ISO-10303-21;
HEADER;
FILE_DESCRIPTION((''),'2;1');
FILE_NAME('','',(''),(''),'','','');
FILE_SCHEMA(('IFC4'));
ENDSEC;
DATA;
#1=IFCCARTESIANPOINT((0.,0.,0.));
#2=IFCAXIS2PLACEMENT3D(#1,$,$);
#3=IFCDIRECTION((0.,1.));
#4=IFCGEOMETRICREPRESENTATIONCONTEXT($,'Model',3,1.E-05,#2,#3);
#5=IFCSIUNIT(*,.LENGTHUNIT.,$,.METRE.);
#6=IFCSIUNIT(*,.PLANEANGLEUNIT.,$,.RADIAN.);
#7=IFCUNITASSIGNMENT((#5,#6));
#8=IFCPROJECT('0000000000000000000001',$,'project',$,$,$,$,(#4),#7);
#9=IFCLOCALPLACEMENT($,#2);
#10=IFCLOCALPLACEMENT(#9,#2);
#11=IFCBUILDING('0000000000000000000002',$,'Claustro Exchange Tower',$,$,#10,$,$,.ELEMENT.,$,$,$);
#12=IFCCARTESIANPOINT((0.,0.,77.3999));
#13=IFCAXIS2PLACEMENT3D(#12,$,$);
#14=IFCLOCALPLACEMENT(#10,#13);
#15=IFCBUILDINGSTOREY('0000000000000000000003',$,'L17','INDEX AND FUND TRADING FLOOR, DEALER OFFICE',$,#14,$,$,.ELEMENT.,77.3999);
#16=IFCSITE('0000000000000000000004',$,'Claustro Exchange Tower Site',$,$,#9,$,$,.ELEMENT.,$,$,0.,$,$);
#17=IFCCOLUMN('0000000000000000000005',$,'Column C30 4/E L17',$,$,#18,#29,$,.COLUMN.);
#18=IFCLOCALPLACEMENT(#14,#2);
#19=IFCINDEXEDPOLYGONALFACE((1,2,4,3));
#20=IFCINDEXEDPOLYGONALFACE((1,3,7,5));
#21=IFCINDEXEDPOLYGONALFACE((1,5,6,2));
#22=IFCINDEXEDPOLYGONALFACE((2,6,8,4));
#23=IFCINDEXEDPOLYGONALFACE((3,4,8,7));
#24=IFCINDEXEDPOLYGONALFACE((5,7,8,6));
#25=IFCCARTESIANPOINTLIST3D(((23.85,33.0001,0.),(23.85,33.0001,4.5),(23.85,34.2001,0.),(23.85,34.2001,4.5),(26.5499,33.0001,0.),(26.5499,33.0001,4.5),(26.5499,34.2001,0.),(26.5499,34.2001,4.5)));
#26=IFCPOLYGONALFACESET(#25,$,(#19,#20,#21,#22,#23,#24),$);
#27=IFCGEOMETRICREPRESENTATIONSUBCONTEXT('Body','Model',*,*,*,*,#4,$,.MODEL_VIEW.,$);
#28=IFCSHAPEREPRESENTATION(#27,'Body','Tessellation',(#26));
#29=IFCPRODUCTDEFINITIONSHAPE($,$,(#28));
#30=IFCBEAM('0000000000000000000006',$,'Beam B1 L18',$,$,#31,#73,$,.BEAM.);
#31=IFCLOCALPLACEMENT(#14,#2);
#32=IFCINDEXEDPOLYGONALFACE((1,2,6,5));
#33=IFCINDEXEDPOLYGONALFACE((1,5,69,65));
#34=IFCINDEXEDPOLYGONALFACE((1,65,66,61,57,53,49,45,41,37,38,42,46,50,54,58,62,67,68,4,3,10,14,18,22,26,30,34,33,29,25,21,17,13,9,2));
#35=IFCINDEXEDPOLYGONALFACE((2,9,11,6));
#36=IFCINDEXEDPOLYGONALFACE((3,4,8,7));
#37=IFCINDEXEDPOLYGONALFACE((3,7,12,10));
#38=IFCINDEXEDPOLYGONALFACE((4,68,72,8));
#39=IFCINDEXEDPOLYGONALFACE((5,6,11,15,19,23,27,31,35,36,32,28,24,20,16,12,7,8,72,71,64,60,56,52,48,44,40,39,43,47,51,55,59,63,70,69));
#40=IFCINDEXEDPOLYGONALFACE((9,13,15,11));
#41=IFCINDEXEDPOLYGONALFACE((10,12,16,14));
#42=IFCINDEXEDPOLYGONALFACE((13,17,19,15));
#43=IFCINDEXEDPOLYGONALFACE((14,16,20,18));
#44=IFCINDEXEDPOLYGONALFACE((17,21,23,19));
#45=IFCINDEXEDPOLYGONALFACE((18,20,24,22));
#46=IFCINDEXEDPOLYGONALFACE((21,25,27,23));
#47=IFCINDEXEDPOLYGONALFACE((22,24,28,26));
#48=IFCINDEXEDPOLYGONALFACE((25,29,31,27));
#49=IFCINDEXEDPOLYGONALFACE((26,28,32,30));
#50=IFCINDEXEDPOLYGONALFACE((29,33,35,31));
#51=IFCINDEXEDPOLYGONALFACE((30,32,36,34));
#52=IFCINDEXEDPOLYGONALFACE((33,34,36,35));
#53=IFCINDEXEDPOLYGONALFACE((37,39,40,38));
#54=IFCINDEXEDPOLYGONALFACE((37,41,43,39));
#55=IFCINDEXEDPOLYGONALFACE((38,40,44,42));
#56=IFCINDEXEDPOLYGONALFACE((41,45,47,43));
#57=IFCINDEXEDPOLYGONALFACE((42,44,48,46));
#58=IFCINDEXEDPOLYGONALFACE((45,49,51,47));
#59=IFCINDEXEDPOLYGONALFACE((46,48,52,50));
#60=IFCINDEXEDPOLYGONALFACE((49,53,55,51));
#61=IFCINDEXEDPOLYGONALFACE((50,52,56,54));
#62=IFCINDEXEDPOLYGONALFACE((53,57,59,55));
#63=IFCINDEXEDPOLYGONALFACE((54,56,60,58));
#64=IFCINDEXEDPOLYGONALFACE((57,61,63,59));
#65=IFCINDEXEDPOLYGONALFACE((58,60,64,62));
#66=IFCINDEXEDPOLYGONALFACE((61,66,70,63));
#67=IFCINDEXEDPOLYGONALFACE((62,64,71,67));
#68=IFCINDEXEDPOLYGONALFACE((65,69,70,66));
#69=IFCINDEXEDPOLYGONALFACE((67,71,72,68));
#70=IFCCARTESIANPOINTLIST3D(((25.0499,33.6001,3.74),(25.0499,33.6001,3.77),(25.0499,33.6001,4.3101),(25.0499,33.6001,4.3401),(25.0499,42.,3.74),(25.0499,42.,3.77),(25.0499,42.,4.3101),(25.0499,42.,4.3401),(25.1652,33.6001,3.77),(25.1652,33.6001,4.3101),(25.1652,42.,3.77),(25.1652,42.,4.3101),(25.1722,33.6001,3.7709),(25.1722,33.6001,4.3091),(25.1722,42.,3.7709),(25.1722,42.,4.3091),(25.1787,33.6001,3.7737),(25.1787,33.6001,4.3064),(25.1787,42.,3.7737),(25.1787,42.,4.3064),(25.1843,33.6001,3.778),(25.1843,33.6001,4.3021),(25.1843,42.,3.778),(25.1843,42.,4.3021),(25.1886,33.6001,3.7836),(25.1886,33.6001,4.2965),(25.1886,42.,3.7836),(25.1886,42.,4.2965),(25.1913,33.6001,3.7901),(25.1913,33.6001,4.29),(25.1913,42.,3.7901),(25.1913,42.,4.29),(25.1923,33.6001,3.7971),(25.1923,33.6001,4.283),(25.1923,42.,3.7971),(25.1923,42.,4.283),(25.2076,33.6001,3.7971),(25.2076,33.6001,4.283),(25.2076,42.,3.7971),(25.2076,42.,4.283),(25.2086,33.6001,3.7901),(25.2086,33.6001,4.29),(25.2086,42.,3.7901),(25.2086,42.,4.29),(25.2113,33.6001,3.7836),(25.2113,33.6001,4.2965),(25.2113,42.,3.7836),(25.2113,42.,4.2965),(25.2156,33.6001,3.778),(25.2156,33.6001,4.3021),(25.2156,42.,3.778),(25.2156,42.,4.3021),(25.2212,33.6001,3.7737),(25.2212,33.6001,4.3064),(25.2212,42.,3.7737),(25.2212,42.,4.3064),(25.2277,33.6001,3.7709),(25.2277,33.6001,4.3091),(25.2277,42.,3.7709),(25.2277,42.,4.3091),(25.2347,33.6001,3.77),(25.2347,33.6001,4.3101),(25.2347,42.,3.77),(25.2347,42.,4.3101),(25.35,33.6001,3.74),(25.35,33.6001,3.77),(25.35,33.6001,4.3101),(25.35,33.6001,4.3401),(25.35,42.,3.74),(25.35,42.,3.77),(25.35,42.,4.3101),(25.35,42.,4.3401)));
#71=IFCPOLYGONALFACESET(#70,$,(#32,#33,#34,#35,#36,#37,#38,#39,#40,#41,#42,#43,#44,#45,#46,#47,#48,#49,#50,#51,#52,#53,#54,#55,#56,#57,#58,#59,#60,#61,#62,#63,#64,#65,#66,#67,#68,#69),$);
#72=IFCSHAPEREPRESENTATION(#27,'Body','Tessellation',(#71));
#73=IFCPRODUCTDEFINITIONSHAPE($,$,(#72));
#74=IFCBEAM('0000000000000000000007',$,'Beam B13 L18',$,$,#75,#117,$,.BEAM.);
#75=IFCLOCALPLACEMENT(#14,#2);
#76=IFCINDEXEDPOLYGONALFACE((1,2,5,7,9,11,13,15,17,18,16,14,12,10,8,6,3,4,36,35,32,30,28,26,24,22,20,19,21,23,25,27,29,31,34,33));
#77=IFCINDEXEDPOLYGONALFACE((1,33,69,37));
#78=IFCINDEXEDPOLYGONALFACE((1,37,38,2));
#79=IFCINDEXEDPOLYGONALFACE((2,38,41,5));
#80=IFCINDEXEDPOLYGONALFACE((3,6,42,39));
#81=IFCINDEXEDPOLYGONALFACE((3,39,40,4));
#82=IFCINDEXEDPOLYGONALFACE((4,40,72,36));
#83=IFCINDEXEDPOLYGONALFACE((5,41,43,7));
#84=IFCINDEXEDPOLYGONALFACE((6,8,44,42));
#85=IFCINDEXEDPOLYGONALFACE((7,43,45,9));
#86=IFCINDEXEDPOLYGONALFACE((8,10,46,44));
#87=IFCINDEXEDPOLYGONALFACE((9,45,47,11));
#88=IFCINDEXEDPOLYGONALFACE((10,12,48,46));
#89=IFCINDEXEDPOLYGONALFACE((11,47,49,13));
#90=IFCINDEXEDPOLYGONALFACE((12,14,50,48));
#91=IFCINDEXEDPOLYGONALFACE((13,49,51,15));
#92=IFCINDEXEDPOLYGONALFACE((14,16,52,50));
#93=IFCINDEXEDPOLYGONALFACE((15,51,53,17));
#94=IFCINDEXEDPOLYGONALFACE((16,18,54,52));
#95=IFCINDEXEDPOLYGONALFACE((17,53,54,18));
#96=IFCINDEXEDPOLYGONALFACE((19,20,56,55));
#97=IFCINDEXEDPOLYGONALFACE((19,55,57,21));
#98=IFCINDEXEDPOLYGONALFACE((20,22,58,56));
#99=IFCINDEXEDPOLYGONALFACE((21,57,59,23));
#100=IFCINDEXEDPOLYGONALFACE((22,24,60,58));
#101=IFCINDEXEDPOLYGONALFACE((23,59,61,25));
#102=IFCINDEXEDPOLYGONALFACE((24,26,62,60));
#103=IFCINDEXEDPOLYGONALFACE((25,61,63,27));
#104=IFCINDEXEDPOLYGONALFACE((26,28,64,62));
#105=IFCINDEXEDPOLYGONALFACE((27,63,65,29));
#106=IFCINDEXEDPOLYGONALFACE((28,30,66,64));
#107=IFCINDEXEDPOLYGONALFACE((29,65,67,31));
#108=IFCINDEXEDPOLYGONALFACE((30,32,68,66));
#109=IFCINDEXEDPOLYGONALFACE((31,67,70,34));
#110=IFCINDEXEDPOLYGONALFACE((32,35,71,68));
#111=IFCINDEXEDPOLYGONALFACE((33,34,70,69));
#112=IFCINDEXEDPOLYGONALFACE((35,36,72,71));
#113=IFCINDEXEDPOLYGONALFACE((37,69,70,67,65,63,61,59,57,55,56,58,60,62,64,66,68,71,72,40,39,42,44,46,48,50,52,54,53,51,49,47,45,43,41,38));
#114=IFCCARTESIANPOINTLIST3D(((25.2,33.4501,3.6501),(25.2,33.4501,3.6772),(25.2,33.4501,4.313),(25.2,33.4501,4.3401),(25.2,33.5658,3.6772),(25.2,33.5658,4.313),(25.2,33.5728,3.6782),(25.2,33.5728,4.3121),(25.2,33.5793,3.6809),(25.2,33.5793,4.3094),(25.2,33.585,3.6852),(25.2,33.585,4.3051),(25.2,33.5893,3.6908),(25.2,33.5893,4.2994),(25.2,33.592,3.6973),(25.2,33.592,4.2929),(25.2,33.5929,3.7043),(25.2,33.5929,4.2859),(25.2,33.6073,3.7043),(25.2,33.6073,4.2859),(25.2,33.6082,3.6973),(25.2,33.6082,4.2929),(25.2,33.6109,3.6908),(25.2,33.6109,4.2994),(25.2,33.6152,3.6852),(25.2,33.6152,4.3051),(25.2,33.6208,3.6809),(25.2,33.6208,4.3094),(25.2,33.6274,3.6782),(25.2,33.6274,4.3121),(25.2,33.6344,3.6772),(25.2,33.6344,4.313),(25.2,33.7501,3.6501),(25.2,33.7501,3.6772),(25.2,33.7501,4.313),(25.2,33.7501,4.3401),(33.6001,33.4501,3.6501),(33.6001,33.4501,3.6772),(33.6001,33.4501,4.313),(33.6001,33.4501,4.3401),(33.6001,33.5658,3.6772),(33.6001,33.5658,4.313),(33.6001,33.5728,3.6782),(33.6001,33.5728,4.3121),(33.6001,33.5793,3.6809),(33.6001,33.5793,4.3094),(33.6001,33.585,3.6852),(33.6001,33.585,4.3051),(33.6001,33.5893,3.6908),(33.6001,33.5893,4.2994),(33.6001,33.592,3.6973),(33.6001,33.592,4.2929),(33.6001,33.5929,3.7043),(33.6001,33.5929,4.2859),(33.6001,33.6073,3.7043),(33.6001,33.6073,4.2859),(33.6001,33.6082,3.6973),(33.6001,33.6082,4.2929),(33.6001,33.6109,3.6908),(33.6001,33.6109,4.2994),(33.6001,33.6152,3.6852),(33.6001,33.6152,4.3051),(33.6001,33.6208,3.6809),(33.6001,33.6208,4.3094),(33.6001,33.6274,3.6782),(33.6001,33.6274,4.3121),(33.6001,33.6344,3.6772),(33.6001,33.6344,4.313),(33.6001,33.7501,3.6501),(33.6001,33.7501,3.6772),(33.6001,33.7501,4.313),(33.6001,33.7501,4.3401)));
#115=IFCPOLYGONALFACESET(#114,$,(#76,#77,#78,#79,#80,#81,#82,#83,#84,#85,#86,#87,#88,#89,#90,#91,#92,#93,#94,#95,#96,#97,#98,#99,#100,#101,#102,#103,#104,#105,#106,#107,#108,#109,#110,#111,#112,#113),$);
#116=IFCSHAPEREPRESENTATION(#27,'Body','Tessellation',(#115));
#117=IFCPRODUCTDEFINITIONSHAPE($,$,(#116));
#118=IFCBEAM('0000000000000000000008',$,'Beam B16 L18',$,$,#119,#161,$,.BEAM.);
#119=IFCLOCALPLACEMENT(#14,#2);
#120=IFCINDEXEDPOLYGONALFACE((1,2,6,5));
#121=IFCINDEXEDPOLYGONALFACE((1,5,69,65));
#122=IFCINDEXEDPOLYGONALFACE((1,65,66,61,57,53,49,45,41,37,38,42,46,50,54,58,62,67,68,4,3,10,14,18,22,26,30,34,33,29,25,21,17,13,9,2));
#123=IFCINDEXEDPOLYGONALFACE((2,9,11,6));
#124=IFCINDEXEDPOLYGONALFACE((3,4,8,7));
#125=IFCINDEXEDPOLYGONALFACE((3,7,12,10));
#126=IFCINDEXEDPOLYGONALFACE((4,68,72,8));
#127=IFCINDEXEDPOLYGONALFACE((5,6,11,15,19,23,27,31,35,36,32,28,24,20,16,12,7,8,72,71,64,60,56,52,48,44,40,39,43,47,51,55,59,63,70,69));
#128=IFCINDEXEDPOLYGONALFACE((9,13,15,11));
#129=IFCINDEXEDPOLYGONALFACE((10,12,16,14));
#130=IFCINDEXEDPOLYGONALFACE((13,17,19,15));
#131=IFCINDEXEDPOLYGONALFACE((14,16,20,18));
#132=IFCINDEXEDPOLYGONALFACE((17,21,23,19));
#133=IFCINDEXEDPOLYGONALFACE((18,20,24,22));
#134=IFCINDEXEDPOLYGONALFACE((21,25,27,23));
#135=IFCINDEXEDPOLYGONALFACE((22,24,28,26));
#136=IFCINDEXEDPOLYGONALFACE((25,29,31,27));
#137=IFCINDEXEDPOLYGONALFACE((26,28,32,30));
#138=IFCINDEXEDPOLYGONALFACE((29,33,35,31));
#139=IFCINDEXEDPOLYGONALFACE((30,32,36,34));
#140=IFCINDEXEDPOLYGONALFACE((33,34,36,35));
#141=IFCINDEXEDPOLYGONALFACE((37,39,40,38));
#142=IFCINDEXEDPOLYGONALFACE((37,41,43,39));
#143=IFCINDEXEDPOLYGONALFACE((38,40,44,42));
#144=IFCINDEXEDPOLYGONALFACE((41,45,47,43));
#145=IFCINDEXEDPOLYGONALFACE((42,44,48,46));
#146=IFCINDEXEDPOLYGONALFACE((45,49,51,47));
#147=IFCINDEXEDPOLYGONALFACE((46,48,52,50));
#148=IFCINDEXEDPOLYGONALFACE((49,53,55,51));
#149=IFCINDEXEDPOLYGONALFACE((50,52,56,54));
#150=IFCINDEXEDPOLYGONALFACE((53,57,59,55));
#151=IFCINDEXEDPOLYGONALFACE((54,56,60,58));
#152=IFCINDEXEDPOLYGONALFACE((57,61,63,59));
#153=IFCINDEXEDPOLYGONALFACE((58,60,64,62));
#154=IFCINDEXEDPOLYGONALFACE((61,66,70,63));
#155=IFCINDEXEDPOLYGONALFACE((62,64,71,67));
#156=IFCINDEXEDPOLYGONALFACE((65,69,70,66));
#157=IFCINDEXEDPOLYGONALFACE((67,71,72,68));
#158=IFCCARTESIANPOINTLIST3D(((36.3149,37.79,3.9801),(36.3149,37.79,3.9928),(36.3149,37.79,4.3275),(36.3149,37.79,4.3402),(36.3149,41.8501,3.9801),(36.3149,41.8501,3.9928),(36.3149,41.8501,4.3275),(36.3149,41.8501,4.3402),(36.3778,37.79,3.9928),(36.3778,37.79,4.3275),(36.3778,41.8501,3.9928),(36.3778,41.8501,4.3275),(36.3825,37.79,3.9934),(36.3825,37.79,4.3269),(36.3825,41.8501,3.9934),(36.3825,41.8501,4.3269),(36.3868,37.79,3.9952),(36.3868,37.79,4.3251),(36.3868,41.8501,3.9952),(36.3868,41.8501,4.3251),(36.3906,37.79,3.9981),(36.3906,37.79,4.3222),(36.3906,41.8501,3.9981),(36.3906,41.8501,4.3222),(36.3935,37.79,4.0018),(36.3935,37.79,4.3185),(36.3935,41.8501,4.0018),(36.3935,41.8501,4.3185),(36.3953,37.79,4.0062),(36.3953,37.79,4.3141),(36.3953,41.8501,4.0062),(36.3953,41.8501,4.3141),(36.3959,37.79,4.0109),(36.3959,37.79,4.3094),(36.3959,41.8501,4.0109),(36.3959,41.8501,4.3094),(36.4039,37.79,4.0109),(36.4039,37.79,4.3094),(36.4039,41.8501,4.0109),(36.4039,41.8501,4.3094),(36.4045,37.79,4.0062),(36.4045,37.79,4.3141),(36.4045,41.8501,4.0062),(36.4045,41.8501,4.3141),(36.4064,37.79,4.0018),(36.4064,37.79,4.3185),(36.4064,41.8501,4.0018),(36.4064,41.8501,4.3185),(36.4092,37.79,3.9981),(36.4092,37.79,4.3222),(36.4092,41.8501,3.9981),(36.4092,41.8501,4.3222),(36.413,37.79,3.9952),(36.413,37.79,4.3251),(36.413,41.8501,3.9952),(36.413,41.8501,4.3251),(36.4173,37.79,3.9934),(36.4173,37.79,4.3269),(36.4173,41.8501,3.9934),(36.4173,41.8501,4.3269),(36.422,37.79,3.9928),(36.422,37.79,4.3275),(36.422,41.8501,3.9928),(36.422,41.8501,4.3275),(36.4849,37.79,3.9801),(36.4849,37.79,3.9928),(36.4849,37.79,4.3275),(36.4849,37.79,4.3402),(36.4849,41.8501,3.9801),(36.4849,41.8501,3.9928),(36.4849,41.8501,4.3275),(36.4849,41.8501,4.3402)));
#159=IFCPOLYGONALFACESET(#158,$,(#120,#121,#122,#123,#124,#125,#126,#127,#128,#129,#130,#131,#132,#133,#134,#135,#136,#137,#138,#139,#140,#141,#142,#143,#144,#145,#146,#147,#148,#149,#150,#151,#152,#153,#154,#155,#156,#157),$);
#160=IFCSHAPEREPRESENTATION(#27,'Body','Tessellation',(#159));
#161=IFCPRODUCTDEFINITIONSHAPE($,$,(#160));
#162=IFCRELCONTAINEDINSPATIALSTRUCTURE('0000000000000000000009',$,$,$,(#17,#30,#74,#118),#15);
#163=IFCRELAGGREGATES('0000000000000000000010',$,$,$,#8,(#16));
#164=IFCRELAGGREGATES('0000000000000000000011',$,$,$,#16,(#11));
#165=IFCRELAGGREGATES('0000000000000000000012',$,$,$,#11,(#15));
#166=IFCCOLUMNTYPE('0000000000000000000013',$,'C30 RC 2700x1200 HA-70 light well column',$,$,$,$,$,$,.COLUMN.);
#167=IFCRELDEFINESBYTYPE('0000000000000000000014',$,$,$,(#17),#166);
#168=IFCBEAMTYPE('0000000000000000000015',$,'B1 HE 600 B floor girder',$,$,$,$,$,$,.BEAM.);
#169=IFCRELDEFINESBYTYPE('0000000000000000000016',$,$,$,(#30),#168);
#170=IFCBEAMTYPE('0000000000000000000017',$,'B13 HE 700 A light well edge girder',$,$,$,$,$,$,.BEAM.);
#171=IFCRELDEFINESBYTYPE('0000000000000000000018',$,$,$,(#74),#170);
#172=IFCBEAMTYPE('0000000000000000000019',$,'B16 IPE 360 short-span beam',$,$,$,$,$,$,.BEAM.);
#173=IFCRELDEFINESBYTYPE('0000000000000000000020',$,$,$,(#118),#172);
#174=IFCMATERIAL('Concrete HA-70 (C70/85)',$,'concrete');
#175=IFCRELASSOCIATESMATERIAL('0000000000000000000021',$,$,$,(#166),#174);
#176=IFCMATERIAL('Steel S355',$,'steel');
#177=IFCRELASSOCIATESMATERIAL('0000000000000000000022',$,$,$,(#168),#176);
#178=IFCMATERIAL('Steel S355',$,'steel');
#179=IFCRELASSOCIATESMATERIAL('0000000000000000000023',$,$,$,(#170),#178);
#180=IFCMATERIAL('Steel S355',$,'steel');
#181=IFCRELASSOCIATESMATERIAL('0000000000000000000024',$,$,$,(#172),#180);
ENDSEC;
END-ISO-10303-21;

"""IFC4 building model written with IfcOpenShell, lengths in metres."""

from ifc_helpers import new_model, si_unit, direction, frame, origin, origin_2d, place, context, subcontext, project, spatial, rectangle, i_section, extrude, material, material_profile, profile_set, type_object, element, save


model = new_model("IFC4")

# Units and contexts
model_context = context("Model", 3, precision=1e-05, world=origin(), true_north=direction((0.0, 1.0)))
body_context = subcontext(model_context, "Body", "Model", "MODEL_VIEW")
ifc_project = project(units=[si_unit("LENGTHUNIT", "METRE"), si_unit("PLANEANGLEUNIT", "RADIAN")], contexts=[model_context])

# Site, building, storey
site_placement = place(None, origin())
site = spatial("IfcSite", under=ifc_project, at=site_placement, Name="Claustro Exchange Tower Site", CompositionType="ELEMENT", RefElevation=0.0)
building_placement = place(site_placement, origin())
building = spatial("IfcBuilding", under=site, at=building_placement, Name="Claustro Exchange Tower", CompositionType="ELEMENT")
storey_placement = place(building_placement, frame((0.0, 0.0, 77.3999)))
storey = spatial("IfcBuildingStorey", under=building, at=storey_placement, Name="L17", Description="INDEX AND FUND TRADING FLOOR, DEALER OFFICE", CompositionType="ELEMENT", Elevation=77.3999)

# Column
ifc_material_1 = material(Name="Concrete HA-70 (C70/85)", Category="concrete")
ifc_material_profile_1 = material_profile(ifc_material_1, rectangle(XDim=2.7, YDim=1.2, at=origin_2d()), Name="RC 2700x1200")
ifc_profile_set_1 = profile_set([ifc_material_profile_1], Name="Concrete HA-70 (C70/85)")
column_type = type_object("IfcColumnType", Name="C30 RC 2700x1200 HA-70 light well column", PredefinedType="COLUMN", material=ifc_profile_set_1)
column_placement = place(storey_placement, frame((25.2, 33.6001, 0.0), z_axis=(0.0, 0.0, 1.0), x_axis=(1.0, 0.0, 0.0)))
element("IfcColumn", 1, at=column_placement, inside=storey, type_object=column_type, Name="Column C30 4/E L17", PredefinedType="COLUMN", context=body_context, shape_type="SweptSolid", body=[
    extrude(rectangle(XDim=2.7, YDim=1.2, at=origin_2d()), origin(), (0.0, 0.0, 1.0), 4.5),
])

# Beams
ifc_material_2 = material(Name="Steel S355", Category="steel")
ifc_material_profile_2 = material_profile(ifc_material_2, i_section(OverallWidth=0.3, OverallDepth=0.6001, WebThickness=0.0154, FlangeThickness=0.03, FilletRadius=0.0271, at=origin_2d()), Name="HE 600 B")
ifc_profile_set_2 = profile_set([ifc_material_profile_2], Name="Steel S355")
beam_type_1 = type_object("IfcBeamType", Name="B1 HE 600 B floor girder", PredefinedType="BEAM", material=ifc_profile_set_2)
beam_1_placement = place(storey_placement, frame((25.2, 33.6001, 4.04), z_axis=(0.0, 1.0, 0.0), x_axis=(-1.0, 0.0, 0.0)))
element("IfcBeam", 2, at=beam_1_placement, inside=storey, type_object=beam_type_1, Name="Beam B1 L18", PredefinedType="BEAM", context=body_context, shape_type="SweptSolid", body=[
    extrude(i_section(OverallWidth=0.3, OverallDepth=0.6001, WebThickness=0.0154, FlangeThickness=0.03, FilletRadius=0.0271, at=origin_2d()), origin(), (0.0, 0.0, 1.0), 8.3999),
])
ifc_material_3 = material(Name="Steel S355", Category="steel")
ifc_material_profile_3 = material_profile(ifc_material_3, i_section(OverallWidth=0.3, OverallDepth=0.6899, WebThickness=0.0144, FlangeThickness=0.0271, FilletRadius=0.0271, at=origin_2d()), Name="HE 700 A")
ifc_profile_set_3 = profile_set([ifc_material_profile_3], Name="Steel S355")
beam_type_2 = type_object("IfcBeamType", Name="B13 HE 700 A light well edge girder", PredefinedType="BEAM", material=ifc_profile_set_3)
beam_2_placement = place(storey_placement, frame((25.2, 33.6001, 3.9951), z_axis=(1.0, 0.0, 0.0), x_axis=(0.0, 1.0, 0.0)))
element("IfcBeam", 3, at=beam_2_placement, inside=storey, type_object=beam_type_2, Name="Beam B13 L18", PredefinedType="BEAM", context=body_context, shape_type="SweptSolid", body=[
    extrude(i_section(OverallWidth=0.3, OverallDepth=0.6899, WebThickness=0.0144, FlangeThickness=0.0271, FilletRadius=0.0271, at=origin_2d()), origin(), (0.0, 0.0, 1.0), 8.4001),
])
ifc_material_4 = material(Name="Steel S355", Category="steel")
ifc_material_profile_4 = material_profile(ifc_material_4, i_section(OverallWidth=0.1699, OverallDepth=0.3601, WebThickness=0.0081, FlangeThickness=0.0127, FilletRadius=0.0181, at=origin_2d()), Name="IPE 360")
ifc_profile_set_4 = profile_set([ifc_material_profile_4], Name="Steel S355")
beam_type_3 = type_object("IfcBeamType", Name="B16 IPE 360 short-span beam", PredefinedType="BEAM", material=ifc_profile_set_4)
for number, where, z_axis, x_axis, name in (
    (4, (36.3999, 37.79, 4.1602), (0.0, 1.0, 0.0), (-1.0, 0.0, 0.0), "Beam B16 L18"),
):
    element("IfcBeam", number, at=place(storey_placement, frame(where, z_axis=z_axis, x_axis=x_axis)), inside=storey, type_object=beam_type_3, Name=name, PredefinedType="BEAM", context=body_context, shape_type="SweptSolid", body=[
        extrude(i_section(OverallWidth=0.1699, OverallDepth=0.3601, WebThickness=0.0081, FlangeThickness=0.0127, FilletRadius=0.0181, at=origin_2d()), origin(), (0.0, 0.0, 1.0), 4.0601),
    ])

save(model, "model.ifc")
